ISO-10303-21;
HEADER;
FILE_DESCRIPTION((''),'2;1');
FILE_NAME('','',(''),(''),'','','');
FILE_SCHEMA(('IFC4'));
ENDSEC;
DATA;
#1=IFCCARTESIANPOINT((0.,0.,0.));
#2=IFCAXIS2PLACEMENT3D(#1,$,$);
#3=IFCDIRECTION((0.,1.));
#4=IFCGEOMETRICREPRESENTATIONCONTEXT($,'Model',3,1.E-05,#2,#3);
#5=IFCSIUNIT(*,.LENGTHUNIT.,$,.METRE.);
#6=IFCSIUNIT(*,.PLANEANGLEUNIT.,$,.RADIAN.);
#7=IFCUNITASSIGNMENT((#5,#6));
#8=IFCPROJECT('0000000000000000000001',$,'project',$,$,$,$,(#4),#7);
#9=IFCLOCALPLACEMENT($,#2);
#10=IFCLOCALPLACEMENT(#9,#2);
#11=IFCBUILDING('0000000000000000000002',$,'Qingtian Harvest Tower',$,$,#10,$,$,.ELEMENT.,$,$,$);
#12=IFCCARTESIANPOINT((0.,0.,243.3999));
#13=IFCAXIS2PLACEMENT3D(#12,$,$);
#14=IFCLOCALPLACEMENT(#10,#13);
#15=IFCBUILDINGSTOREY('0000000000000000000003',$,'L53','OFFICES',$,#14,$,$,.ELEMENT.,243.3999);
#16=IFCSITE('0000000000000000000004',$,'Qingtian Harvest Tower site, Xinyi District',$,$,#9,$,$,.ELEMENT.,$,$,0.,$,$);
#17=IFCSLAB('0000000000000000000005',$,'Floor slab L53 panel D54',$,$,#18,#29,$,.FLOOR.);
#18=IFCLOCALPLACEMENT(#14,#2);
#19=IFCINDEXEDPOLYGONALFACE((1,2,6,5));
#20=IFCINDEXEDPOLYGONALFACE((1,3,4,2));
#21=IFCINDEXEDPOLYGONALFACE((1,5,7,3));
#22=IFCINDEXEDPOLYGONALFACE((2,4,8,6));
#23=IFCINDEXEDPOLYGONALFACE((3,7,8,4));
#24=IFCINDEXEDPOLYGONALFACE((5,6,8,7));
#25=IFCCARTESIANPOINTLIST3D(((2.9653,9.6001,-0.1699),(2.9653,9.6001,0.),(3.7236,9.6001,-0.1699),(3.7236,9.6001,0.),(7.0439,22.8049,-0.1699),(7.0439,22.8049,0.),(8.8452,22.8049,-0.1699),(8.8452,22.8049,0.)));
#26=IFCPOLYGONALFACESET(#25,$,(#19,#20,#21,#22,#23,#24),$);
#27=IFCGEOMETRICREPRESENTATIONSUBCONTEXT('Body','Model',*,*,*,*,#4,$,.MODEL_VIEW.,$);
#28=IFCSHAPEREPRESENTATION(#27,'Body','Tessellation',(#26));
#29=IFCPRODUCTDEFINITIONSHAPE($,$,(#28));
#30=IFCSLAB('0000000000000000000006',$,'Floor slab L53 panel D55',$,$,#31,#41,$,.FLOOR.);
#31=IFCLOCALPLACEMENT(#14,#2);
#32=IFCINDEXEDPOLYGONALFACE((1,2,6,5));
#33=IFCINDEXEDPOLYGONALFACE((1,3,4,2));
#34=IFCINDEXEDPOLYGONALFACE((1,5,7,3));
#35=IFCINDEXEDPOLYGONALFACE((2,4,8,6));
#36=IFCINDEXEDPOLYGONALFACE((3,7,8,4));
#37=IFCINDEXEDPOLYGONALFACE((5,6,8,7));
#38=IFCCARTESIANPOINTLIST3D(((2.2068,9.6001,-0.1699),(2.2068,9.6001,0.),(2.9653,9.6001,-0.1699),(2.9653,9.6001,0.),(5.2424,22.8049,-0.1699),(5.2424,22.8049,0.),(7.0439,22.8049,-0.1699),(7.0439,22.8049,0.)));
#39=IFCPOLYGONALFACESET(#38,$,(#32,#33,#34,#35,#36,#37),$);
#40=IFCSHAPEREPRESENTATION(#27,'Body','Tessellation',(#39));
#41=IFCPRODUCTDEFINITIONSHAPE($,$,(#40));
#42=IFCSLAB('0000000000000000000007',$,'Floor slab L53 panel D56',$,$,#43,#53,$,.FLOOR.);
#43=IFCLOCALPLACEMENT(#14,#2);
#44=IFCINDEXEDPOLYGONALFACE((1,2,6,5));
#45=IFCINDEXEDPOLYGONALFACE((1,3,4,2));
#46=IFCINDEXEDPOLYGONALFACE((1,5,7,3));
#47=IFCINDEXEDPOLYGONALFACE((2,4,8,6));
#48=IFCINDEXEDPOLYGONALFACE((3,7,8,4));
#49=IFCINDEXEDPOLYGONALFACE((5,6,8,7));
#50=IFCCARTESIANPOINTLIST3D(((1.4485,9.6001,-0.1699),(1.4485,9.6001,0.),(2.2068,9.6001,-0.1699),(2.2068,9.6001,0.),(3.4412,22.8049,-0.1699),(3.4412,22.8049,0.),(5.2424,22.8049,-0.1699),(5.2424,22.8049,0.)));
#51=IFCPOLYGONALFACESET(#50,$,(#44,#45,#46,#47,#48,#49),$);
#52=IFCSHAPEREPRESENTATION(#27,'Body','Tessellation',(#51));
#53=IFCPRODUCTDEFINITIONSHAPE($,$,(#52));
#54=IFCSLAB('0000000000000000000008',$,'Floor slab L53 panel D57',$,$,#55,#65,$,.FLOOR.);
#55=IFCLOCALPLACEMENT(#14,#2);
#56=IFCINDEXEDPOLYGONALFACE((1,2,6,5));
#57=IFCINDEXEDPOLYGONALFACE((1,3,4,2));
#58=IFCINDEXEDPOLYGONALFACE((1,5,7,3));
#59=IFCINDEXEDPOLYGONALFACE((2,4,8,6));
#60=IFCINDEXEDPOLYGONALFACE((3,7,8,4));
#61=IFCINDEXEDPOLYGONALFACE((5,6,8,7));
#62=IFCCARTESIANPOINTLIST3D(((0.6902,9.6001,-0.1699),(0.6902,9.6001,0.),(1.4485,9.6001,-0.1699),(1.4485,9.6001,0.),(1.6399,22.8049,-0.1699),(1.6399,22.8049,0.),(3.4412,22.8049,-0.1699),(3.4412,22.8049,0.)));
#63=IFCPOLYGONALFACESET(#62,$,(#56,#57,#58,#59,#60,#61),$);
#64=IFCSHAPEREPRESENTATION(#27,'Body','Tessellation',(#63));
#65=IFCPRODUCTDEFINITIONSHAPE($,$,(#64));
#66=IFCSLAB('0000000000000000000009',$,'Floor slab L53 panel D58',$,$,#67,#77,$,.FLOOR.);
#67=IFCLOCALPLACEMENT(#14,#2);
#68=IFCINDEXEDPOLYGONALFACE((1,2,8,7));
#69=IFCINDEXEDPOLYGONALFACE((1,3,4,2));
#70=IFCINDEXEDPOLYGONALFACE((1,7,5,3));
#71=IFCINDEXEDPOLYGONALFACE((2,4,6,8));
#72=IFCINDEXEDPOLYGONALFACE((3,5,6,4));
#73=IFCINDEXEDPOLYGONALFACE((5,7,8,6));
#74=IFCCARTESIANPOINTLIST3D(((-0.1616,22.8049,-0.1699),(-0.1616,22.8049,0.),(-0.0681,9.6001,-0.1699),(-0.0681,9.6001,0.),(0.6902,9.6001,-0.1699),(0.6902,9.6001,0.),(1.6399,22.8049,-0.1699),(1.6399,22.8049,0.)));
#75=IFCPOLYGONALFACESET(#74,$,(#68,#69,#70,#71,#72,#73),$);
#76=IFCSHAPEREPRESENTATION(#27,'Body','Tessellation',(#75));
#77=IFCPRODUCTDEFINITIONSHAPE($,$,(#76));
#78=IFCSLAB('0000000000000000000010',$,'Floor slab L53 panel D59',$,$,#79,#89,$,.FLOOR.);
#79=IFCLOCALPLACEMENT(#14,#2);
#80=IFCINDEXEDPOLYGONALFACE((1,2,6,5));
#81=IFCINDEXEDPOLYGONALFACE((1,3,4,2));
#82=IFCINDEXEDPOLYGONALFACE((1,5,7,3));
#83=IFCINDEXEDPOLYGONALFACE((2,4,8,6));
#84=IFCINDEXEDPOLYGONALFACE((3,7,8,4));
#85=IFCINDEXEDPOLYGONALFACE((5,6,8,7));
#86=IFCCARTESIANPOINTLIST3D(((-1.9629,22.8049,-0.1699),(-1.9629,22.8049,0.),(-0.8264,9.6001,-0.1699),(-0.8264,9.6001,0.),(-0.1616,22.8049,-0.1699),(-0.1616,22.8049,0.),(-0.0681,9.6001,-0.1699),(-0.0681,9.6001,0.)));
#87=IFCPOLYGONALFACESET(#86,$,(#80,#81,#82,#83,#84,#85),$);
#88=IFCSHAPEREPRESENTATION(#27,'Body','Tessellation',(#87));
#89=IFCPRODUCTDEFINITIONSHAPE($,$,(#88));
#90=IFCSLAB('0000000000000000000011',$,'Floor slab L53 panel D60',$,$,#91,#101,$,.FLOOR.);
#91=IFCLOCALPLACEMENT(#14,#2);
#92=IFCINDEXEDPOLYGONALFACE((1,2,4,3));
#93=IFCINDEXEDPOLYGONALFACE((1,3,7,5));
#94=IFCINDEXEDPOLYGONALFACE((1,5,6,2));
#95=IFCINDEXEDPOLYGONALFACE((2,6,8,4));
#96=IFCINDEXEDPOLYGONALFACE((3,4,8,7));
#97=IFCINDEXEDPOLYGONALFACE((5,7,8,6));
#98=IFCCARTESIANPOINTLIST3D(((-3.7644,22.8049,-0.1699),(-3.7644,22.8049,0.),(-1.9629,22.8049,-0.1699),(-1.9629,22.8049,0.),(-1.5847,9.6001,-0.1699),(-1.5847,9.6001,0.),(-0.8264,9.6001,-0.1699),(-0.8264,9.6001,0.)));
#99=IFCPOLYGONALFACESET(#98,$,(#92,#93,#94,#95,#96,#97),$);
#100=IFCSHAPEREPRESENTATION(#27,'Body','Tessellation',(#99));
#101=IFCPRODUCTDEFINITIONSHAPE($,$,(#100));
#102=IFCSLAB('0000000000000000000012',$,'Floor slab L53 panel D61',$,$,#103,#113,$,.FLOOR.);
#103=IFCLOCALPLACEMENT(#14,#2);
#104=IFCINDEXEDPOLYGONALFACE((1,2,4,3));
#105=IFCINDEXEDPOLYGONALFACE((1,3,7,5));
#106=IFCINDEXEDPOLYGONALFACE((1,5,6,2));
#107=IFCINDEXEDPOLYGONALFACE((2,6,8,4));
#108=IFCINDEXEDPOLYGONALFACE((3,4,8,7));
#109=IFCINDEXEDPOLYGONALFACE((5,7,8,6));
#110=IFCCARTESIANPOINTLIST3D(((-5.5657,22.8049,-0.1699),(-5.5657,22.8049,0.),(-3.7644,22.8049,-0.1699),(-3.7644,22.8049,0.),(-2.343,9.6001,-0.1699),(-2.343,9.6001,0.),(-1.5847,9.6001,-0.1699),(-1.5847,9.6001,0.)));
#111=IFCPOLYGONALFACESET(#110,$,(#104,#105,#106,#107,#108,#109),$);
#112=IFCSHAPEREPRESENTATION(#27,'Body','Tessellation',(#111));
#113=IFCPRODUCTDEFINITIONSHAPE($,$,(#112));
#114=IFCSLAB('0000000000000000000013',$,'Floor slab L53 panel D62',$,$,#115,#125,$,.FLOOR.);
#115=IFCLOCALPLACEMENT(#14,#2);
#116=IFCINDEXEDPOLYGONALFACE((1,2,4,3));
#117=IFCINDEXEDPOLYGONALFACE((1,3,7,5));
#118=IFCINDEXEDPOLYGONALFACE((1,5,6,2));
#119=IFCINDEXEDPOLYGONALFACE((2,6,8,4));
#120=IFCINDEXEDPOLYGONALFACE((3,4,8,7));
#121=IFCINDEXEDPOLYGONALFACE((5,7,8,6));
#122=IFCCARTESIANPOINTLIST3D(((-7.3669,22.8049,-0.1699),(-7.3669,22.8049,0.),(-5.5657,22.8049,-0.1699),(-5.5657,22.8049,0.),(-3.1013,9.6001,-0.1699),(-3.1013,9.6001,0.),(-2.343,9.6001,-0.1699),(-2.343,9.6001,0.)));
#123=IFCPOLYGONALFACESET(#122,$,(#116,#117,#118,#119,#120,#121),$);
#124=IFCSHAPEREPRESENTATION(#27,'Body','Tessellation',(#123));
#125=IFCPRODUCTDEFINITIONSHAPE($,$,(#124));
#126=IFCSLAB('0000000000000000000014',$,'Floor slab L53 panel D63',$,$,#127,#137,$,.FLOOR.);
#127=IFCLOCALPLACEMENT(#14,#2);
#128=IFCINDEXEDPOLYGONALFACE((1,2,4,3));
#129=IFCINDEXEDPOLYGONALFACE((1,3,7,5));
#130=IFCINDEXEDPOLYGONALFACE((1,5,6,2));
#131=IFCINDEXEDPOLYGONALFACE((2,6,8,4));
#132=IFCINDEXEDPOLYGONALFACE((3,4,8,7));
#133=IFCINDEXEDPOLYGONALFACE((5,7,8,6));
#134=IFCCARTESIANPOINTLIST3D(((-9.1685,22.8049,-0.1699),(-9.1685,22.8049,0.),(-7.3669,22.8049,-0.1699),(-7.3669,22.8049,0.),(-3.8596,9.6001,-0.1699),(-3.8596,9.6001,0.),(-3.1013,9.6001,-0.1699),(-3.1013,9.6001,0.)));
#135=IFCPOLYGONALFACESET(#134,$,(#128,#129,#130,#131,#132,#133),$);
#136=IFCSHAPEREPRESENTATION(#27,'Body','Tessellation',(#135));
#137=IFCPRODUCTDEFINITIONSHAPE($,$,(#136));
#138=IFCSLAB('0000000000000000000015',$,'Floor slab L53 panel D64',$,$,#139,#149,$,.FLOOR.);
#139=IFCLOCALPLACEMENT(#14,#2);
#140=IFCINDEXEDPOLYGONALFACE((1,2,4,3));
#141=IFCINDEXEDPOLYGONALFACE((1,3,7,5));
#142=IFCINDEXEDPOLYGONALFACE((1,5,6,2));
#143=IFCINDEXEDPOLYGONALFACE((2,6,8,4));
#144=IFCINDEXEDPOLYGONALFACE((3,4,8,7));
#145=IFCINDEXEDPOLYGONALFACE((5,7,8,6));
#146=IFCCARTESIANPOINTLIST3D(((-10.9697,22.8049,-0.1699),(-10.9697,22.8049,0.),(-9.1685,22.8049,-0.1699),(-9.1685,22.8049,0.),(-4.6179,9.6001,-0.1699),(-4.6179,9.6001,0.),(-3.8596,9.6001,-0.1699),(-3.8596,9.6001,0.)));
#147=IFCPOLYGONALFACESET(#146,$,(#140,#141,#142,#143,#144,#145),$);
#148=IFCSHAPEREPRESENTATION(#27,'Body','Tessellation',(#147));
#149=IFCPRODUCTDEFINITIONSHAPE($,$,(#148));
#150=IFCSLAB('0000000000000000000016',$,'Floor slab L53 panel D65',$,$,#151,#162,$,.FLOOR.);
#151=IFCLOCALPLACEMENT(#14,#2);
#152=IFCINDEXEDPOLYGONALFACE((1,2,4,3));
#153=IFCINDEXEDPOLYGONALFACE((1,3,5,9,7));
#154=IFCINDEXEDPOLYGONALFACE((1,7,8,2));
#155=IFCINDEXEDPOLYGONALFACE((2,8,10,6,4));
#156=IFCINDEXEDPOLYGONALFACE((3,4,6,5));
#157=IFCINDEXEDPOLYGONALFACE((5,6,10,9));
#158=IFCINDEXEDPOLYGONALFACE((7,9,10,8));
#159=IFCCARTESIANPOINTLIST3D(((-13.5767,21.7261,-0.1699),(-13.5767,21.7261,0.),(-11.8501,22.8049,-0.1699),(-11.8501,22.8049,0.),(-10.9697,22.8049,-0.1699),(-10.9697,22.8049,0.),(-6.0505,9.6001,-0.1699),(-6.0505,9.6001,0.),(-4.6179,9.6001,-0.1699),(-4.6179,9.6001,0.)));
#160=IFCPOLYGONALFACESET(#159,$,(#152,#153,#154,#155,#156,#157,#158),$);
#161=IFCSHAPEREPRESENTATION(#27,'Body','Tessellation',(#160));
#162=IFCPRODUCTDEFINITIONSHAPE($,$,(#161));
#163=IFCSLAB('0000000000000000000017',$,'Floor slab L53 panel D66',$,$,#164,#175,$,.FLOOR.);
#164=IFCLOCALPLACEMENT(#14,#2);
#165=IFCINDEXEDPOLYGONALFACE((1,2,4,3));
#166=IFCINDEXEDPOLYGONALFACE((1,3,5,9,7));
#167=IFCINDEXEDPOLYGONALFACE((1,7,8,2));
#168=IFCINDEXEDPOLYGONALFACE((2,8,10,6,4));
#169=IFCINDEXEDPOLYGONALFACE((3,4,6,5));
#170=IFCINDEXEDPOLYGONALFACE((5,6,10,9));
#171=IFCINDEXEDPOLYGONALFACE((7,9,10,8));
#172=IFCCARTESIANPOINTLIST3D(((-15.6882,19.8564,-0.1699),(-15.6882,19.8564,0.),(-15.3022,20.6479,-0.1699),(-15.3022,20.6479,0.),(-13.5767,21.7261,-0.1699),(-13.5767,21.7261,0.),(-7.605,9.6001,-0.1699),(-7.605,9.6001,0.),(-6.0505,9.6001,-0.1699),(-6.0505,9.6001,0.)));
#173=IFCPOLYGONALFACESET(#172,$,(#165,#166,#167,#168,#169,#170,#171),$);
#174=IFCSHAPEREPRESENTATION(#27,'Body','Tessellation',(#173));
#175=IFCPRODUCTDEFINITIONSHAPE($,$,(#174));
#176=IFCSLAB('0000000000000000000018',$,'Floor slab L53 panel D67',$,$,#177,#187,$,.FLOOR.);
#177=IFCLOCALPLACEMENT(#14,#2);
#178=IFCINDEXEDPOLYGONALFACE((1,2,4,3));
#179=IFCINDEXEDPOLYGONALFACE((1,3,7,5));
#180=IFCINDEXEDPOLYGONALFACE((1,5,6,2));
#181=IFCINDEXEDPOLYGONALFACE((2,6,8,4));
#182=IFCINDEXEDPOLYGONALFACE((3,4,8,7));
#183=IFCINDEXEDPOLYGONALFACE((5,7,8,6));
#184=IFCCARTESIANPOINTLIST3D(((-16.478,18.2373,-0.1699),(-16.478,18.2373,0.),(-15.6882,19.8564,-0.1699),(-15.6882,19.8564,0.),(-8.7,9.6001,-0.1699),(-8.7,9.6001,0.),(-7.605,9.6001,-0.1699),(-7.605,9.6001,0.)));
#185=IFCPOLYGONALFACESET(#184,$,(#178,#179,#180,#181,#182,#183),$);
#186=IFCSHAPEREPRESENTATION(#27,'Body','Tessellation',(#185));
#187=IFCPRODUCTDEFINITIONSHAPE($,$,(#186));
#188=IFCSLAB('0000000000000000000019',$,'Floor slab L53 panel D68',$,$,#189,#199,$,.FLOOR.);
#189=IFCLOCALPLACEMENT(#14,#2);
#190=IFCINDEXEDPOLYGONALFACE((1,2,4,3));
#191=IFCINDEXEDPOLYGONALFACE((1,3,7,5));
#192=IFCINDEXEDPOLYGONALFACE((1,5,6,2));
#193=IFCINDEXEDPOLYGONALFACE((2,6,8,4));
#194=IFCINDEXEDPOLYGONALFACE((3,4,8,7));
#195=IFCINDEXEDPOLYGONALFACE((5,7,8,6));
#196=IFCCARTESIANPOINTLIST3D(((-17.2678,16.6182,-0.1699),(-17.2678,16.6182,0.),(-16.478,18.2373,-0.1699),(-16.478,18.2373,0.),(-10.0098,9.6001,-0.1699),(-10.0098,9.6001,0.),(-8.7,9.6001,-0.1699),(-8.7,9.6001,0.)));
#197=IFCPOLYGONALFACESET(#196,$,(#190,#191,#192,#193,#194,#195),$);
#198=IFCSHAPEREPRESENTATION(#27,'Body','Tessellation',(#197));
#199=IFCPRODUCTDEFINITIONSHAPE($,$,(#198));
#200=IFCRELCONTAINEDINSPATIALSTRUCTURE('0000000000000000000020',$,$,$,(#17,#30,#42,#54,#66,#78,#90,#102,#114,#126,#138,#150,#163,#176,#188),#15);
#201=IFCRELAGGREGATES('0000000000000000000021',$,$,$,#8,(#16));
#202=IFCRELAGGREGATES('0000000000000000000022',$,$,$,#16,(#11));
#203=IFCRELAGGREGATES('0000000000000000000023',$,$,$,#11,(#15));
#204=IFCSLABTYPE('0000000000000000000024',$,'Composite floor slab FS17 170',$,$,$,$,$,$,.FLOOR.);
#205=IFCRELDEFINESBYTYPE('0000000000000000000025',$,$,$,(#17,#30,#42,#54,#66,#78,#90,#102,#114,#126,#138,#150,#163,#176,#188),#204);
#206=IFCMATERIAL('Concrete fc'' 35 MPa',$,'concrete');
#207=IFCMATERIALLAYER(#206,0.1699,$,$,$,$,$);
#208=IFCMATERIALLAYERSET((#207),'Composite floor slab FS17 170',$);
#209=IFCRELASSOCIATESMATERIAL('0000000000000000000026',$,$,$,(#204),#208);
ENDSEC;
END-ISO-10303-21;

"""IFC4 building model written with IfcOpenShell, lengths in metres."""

from ifc_helpers import new_model, si_unit, direction, frame, origin, place, context, subcontext, project, spatial, polyline, outline, extrude, material, layer, layer_set, type_object, element, save


model = new_model("IFC4")

# Units and contexts
model_context = context("Model", 3, precision=1e-05, world=origin(), true_north=direction((0.0, 1.0)))
body_context = subcontext(model_context, "Body", "Model", "MODEL_VIEW")
ifc_project = project(units=[si_unit("LENGTHUNIT", "METRE"), si_unit("PLANEANGLEUNIT", "RADIAN")], contexts=[model_context])

# Site, building, storey
site_placement = place(None, origin())
site = spatial("IfcSite", under=ifc_project, at=site_placement, Name="Qingtian Harvest Tower site, Xinyi District", CompositionType="ELEMENT", RefElevation=0.0)
building_placement = place(site_placement, origin())
building = spatial("IfcBuilding", under=site, at=building_placement, Name="Qingtian Harvest Tower", CompositionType="ELEMENT")
storey_placement = place(building_placement, frame((0.0, 0.0, 243.3999)))
storey = spatial("IfcBuildingStorey", under=building, at=storey_placement, Name="L53", Description="OFFICES", CompositionType="ELEMENT", Elevation=243.3999)

# Slabs
ifc_material_1 = material(Name="Concrete fc' 35 MPa", Category="concrete")
ifc_layer_1 = layer(ifc_material_1, 0.1699)
ifc_layer_set_1 = layer_set([ifc_layer_1], Name="Composite floor slab FS17 170")
slab_type = type_object("IfcSlabType", Name="Composite floor slab FS17 170", PredefinedType="FLOOR", material=ifc_layer_set_1)
slab_1_placement = place(storey_placement, frame((0.0, 0.0, -0.1699)))
element("IfcSlab", 1, at=slab_1_placement, inside=storey, type_object=slab_type, Name="Floor slab L53 panel D54", PredefinedType="FLOOR", context=body_context, shape_type="SweptSolid", body=[
    extrude(outline(polyline([(2.9653, 9.6001), (7.0439, 22.8049), (8.8452, 22.8049), (3.7236, 9.6001), (2.9653, 9.6001)])), origin(), (0.0, 0.0, 1.0), 0.1699),
])
slab_2_placement = place(storey_placement, frame((0.0, 0.0, -0.1699)))
element("IfcSlab", 2, at=slab_2_placement, inside=storey, type_object=slab_type, Name="Floor slab L53 panel D55", PredefinedType="FLOOR", context=body_context, shape_type="SweptSolid", body=[
    extrude(outline(polyline([(2.2068, 9.6001), (5.2424, 22.8049), (7.0439, 22.8049), (2.9653, 9.6001), (2.2068, 9.6001)])), origin(), (0.0, 0.0, 1.0), 0.1699),
])
slab_3_placement = place(storey_placement, frame((0.0, 0.0, -0.1699)))
element("IfcSlab", 3, at=slab_3_placement, inside=storey, type_object=slab_type, Name="Floor slab L53 panel D56", PredefinedType="FLOOR", context=body_context, shape_type="SweptSolid", body=[
    extrude(outline(polyline([(1.4485, 9.6001), (3.4412, 22.8049), (5.2424, 22.8049), (2.2068, 9.6001), (1.4485, 9.6001)])), origin(), (0.0, 0.0, 1.0), 0.1699),
])
slab_4_placement = place(storey_placement, frame((0.0, 0.0, -0.1699)))
element("IfcSlab", 4, at=slab_4_placement, inside=storey, type_object=slab_type, Name="Floor slab L53 panel D57", PredefinedType="FLOOR", context=body_context, shape_type="SweptSolid", body=[
    extrude(outline(polyline([(0.6902, 9.6001), (1.6399, 22.8049), (3.4412, 22.8049), (1.4485, 9.6001), (0.6902, 9.6001)])), origin(), (0.0, 0.0, 1.0), 0.1699),
])
slab_5_placement = place(storey_placement, frame((0.0, 0.0, -0.1699)))
element("IfcSlab", 5, at=slab_5_placement, inside=storey, type_object=slab_type, Name="Floor slab L53 panel D58", PredefinedType="FLOOR", context=body_context, shape_type="SweptSolid", body=[
    extrude(outline(polyline([(-0.0681, 9.6001), (-0.1616, 22.8049), (1.6399, 22.8049), (0.6902, 9.6001), (-0.0681, 9.6001)])), origin(), (0.0, 0.0, 1.0), 0.1699),
])
slab_6_placement = place(storey_placement, frame((0.0, 0.0, -0.1699)))
element("IfcSlab", 6, at=slab_6_placement, inside=storey, type_object=slab_type, Name="Floor slab L53 panel D59", PredefinedType="FLOOR", context=body_context, shape_type="SweptSolid", body=[
    extrude(outline(polyline([(-0.8264, 9.6001), (-1.9629, 22.8049), (-0.1616, 22.8049), (-0.0681, 9.6001), (-0.8264, 9.6001)])), origin(), (0.0, 0.0, 1.0), 0.1699),
])
slab_7_placement = place(storey_placement, frame((0.0, 0.0, -0.1699)))
element("IfcSlab", 7, at=slab_7_placement, inside=storey, type_object=slab_type, Name="Floor slab L53 panel D60", PredefinedType="FLOOR", context=body_context, shape_type="SweptSolid", body=[
    extrude(outline(polyline([(-1.5847, 9.6001), (-3.7644, 22.8049), (-1.9629, 22.8049), (-0.8264, 9.6001), (-1.5847, 9.6001)])), origin(), (0.0, 0.0, 1.0), 0.1699),
])
slab_8_placement = place(storey_placement, frame((0.0, 0.0, -0.1699)))
element("IfcSlab", 8, at=slab_8_placement, inside=storey, type_object=slab_type, Name="Floor slab L53 panel D61", PredefinedType="FLOOR", context=body_context, shape_type="SweptSolid", body=[
    extrude(outline(polyline([(-2.343, 9.6001), (-5.5657, 22.8049), (-3.7644, 22.8049), (-1.5847, 9.6001), (-2.343, 9.6001)])), origin(), (0.0, 0.0, 1.0), 0.1699),
])
slab_9_placement = place(storey_placement, frame((0.0, 0.0, -0.1699)))
element("IfcSlab", 9, at=slab_9_placement, inside=storey, type_object=slab_type, Name="Floor slab L53 panel D62", PredefinedType="FLOOR", context=body_context, shape_type="SweptSolid", body=[
    extrude(outline(polyline([(-3.1013, 9.6001), (-7.3669, 22.8049), (-5.5657, 22.8049), (-2.343, 9.6001), (-3.1013, 9.6001)])), origin(), (0.0, 0.0, 1.0), 0.1699),
])
slab_10_placement = place(storey_placement, frame((0.0, 0.0, -0.1699)))
element("IfcSlab", 10, at=slab_10_placement, inside=storey, type_object=slab_type, Name="Floor slab L53 panel D63", PredefinedType="FLOOR", context=body_context, shape_type="SweptSolid", body=[
    extrude(outline(polyline([(-3.8596, 9.6001), (-9.1685, 22.8049), (-7.3669, 22.8049), (-3.1013, 9.6001), (-3.8596, 9.6001)])), origin(), (0.0, 0.0, 1.0), 0.1699),
])
slab_11_placement = place(storey_placement, frame((0.0, 0.0, -0.1699)))
element("IfcSlab", 11, at=slab_11_placement, inside=storey, type_object=slab_type, Name="Floor slab L53 panel D64", PredefinedType="FLOOR", context=body_context, shape_type="SweptSolid", body=[
    extrude(outline(polyline([(-4.6179, 9.6001), (-10.9697, 22.8049), (-9.1685, 22.8049), (-3.8596, 9.6001), (-4.6179, 9.6001)])), origin(), (0.0, 0.0, 1.0), 0.1699),
])
slab_12_placement = place(storey_placement, frame((0.0, 0.0, -0.1699)))
element("IfcSlab", 12, at=slab_12_placement, inside=storey, type_object=slab_type, Name="Floor slab L53 panel D65", PredefinedType="FLOOR", context=body_context, shape_type="SweptSolid", body=[
    extrude(outline(polyline([(-4.6179, 9.6001), (-6.0505, 9.6001), (-13.5767, 21.7261), (-11.8501, 22.8049), (-10.9697, 22.8049), (-4.6179, 9.6001)])), origin(), (0.0, 0.0, 1.0), 0.1699),
])
slab_13_placement = place(storey_placement, frame((0.0, 0.0, -0.1699)))
element("IfcSlab", 13, at=slab_13_placement, inside=storey, type_object=slab_type, Name="Floor slab L53 panel D66", PredefinedType="FLOOR", context=body_context, shape_type="SweptSolid", body=[
    extrude(outline(polyline([(-6.0505, 9.6001), (-7.605, 9.6001), (-15.6882, 19.8564), (-15.3022, 20.6479), (-13.5767, 21.7261), (-6.0505, 9.6001)])), origin(), (0.0, 0.0, 1.0), 0.1699),
])
slab_14_placement = place(storey_placement, frame((0.0, 0.0, -0.1699)))
element("IfcSlab", 14, at=slab_14_placement, inside=storey, type_object=slab_type, Name="Floor slab L53 panel D67", PredefinedType="FLOOR", context=body_context, shape_type="SweptSolid", body=[
    extrude(outline(polyline([(-8.7, 9.6001), (-16.478, 18.2373), (-15.6882, 19.8564), (-7.605, 9.6001), (-8.7, 9.6001)])), origin(), (0.0, 0.0, 1.0), 0.1699),
])
slab_15_placement = place(storey_placement, frame((0.0, 0.0, -0.1699)))
element("IfcSlab", 15, at=slab_15_placement, inside=storey, type_object=slab_type, Name="Floor slab L53 panel D68", PredefinedType="FLOOR", context=body_context, shape_type="SweptSolid", body=[
    extrude(outline(polyline([(-10.0098, 9.6001), (-17.2678, 16.6182), (-16.478, 18.2373), (-8.7, 9.6001), (-10.0098, 9.6001)])), origin(), (0.0, 0.0, 1.0), 0.1699),
])

save(model, "model.ifc")
